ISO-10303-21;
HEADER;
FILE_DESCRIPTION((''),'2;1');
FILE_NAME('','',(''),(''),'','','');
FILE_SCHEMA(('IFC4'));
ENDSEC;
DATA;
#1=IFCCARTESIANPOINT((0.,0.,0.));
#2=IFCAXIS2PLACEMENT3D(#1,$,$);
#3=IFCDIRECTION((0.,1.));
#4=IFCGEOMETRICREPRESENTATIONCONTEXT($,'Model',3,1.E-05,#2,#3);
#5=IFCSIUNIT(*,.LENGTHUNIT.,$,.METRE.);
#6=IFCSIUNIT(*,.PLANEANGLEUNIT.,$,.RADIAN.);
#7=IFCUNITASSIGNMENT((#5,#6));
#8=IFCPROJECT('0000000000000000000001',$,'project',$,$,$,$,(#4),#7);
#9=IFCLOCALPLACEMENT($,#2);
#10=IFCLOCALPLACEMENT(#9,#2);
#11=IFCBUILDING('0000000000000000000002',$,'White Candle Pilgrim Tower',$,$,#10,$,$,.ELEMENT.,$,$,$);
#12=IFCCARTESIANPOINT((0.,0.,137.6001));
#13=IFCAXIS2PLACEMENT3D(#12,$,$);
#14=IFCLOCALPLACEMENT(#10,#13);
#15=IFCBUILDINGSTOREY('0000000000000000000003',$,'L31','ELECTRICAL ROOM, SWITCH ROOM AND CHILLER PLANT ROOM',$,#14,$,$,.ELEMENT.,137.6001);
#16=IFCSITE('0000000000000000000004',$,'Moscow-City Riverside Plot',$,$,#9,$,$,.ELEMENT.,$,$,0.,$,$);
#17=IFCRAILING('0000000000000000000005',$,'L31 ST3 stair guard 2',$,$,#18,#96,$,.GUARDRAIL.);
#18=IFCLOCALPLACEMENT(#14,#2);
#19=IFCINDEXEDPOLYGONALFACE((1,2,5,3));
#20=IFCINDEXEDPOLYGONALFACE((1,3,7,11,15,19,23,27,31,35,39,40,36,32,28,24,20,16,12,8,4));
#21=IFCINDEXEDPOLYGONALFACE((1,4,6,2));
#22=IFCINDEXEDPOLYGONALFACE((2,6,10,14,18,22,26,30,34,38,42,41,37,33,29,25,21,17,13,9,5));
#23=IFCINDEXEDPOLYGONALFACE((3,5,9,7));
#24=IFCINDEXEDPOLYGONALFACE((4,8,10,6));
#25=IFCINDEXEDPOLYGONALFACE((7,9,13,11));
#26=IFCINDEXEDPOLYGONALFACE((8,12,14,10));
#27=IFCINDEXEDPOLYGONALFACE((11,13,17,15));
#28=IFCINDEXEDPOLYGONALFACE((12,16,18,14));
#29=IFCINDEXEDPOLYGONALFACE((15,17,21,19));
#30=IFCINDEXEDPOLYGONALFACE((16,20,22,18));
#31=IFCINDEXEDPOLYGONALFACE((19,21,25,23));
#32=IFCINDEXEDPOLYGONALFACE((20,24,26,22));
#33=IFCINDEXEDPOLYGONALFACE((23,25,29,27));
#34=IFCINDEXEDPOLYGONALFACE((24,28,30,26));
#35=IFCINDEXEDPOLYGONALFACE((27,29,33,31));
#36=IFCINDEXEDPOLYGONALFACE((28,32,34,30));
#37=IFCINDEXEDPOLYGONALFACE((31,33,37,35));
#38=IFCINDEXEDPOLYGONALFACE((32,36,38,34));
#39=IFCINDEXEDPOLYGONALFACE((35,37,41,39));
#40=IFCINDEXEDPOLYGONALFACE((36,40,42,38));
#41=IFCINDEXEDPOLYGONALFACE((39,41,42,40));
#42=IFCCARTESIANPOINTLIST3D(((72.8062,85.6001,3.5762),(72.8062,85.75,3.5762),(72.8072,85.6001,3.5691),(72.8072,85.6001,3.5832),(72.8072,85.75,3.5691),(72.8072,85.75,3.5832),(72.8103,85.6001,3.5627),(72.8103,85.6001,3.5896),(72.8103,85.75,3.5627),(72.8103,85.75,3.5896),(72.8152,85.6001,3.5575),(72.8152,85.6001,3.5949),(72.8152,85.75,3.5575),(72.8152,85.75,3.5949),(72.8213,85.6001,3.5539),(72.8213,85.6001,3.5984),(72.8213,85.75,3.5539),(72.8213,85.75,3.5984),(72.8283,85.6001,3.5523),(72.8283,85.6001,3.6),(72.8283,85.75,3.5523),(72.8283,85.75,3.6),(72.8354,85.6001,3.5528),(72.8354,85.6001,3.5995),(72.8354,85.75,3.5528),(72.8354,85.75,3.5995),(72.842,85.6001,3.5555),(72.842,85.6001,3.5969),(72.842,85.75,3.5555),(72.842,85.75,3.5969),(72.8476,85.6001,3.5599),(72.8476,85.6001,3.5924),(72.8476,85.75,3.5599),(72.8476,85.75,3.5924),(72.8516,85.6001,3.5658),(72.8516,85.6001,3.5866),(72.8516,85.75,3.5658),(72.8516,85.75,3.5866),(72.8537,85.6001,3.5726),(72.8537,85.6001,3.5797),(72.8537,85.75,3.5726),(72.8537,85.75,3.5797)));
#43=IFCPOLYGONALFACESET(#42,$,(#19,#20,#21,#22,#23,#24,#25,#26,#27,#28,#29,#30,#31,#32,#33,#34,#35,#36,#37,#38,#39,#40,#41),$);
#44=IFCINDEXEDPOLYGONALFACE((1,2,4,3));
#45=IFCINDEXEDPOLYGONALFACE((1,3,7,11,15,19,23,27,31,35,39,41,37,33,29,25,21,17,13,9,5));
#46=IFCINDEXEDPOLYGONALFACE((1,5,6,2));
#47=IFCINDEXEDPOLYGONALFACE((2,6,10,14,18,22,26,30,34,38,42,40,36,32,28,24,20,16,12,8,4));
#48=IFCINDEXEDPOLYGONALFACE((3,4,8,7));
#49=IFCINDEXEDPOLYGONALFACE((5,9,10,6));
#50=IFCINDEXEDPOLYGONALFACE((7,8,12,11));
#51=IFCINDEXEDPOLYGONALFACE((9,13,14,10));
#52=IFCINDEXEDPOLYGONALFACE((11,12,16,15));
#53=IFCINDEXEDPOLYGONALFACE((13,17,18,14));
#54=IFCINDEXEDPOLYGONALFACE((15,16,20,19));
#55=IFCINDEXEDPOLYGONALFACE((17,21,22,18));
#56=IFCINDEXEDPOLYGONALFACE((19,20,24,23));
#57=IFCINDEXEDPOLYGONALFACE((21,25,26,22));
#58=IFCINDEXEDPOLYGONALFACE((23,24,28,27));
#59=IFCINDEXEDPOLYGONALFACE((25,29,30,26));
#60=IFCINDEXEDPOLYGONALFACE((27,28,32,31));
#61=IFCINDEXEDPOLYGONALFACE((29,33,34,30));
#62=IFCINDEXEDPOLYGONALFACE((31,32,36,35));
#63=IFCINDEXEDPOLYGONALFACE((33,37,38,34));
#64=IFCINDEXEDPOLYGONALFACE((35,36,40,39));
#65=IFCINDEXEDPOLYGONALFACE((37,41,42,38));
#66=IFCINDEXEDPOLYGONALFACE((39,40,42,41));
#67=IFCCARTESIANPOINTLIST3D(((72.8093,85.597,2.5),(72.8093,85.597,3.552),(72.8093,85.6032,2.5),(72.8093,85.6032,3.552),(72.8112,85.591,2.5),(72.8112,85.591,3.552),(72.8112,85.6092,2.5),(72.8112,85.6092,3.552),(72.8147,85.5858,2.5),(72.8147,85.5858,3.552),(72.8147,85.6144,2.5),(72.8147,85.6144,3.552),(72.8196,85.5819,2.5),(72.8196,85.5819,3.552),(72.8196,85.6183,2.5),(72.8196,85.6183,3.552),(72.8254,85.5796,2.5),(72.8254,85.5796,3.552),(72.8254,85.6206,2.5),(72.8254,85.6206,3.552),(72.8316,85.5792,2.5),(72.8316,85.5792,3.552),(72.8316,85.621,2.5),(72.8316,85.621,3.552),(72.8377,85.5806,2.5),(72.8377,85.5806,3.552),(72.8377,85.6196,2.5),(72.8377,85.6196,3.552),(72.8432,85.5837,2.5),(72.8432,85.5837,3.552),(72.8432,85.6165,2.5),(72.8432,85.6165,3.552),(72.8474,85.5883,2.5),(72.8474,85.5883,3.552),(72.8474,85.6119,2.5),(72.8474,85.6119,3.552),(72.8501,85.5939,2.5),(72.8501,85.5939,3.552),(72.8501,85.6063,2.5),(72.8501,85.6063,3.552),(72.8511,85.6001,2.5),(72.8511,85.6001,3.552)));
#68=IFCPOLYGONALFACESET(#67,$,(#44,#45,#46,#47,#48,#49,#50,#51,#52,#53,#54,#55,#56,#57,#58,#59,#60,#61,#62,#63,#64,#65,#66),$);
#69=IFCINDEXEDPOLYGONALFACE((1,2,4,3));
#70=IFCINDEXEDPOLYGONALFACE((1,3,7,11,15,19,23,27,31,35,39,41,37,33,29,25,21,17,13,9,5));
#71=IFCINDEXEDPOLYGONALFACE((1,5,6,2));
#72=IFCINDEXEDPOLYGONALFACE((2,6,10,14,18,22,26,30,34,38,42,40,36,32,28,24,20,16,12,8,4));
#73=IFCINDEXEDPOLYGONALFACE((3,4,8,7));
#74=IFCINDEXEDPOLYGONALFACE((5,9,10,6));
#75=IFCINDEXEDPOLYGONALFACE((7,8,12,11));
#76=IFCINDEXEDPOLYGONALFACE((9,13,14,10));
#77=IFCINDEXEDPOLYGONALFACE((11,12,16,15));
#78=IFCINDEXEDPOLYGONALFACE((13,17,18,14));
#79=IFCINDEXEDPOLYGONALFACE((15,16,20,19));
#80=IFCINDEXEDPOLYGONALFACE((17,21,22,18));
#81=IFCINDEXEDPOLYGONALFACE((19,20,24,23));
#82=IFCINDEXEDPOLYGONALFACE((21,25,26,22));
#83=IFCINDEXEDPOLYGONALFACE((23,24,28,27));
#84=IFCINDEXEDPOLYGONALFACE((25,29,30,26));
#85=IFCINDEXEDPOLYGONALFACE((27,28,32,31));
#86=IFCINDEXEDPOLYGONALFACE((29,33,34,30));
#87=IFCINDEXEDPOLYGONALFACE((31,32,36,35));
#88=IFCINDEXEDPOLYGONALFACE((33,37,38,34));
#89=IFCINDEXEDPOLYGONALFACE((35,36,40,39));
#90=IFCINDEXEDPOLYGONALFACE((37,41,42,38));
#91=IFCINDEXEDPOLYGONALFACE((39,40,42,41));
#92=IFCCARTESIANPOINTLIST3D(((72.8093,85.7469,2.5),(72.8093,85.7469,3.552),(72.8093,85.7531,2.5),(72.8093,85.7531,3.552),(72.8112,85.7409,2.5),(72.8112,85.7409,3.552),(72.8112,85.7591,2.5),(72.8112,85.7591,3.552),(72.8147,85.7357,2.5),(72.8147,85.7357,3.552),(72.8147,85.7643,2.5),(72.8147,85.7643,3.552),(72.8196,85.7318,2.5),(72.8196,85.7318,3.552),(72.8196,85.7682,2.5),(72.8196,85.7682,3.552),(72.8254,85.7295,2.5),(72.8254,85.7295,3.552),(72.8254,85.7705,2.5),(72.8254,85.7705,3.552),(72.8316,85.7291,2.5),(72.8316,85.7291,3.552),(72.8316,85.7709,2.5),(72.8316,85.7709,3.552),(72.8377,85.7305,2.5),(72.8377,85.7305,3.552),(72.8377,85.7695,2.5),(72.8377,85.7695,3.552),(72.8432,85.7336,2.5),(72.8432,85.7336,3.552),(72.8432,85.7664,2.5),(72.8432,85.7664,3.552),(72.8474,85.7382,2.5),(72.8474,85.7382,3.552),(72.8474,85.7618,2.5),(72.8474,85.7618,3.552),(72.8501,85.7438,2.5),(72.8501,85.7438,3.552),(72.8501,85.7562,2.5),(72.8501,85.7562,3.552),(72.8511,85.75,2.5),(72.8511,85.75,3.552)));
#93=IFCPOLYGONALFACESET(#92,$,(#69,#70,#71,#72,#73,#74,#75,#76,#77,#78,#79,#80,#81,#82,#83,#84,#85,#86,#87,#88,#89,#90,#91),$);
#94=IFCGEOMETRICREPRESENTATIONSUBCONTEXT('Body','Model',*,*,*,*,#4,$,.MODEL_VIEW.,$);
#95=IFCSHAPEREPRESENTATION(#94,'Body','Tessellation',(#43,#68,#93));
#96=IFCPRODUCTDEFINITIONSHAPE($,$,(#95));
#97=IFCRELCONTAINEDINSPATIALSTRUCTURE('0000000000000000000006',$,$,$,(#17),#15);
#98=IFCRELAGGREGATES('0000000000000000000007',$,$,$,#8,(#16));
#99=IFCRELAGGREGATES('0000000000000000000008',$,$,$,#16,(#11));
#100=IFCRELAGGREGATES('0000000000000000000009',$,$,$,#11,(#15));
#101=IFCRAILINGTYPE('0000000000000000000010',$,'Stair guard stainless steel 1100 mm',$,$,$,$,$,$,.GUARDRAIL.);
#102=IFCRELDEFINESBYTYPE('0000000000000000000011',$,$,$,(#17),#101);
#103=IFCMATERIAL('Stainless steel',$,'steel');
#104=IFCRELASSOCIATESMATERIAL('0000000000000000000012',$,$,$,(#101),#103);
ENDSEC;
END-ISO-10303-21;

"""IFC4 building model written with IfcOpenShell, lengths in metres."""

from ifc_helpers import new_model, si_unit, direction, frame, origin, origin_2d, place, context, subcontext, project, spatial, circle, extrude, material, type_object, element, save


model = new_model("IFC4")

# Units and contexts
model_context = context("Model", 3, precision=1e-05, world=origin(), true_north=direction((0.0, 1.0)))
body_context = subcontext(model_context, "Body", "Model", "MODEL_VIEW")
ifc_project = project(units=[si_unit("LENGTHUNIT", "METRE"), si_unit("PLANEANGLEUNIT", "RADIAN")], contexts=[model_context])

# Site, building, storey
site_placement = place(None, origin())
site = spatial("IfcSite", under=ifc_project, at=site_placement, Name="Moscow-City Riverside Plot", CompositionType="ELEMENT", RefElevation=0.0)
building_placement = place(site_placement, origin())
building = spatial("IfcBuilding", under=site, at=building_placement, Name="White Candle Pilgrim Tower", CompositionType="ELEMENT")
storey_placement = place(building_placement, frame((0.0, 0.0, 137.6001)))
storey = spatial("IfcBuildingStorey", under=building, at=storey_placement, Name="L31", Description="ELECTRICAL ROOM, SWITCH ROOM AND CHILLER PLANT ROOM", CompositionType="ELEMENT", Elevation=137.6001)

# Railing
ifc_material_1 = material(Name="Stainless steel", Category="steel")
railing_type_1 = type_object("IfcRailingType", Name="Stair guard stainless steel 1100 mm", PredefinedType="GUARDRAIL", material=ifc_material_1)
railing_1_placement = place(storey_placement, frame((72.8301, 85.6001, 2.5)))
element("IfcRailing", 1, at=railing_1_placement, inside=storey, type_object=railing_type_1, Name="L31 ST3 stair guard 2", PredefinedType="GUARDRAIL", context=body_context, shape_type="SweptSolid", body=[
    extrude(circle(Radius=0.0239, at=origin_2d()), frame((0.0, 0.0, 1.0762), z_axis=(0.0, 1.0, 0.0), x_axis=(-1.0, 0.0, 0.0)), (0.0, 0.0, 1.0), 0.1499),
    extrude(circle(Radius=0.021, at=origin_2d()), origin(), (0.0, 0.0, 1.0), 1.052),
    extrude(circle(Radius=0.021, at=origin_2d()), frame((0.0, 0.1499, 0.0)), (0.0, 0.0, 1.0), 1.052),
])

save(model, "model.ifc")
